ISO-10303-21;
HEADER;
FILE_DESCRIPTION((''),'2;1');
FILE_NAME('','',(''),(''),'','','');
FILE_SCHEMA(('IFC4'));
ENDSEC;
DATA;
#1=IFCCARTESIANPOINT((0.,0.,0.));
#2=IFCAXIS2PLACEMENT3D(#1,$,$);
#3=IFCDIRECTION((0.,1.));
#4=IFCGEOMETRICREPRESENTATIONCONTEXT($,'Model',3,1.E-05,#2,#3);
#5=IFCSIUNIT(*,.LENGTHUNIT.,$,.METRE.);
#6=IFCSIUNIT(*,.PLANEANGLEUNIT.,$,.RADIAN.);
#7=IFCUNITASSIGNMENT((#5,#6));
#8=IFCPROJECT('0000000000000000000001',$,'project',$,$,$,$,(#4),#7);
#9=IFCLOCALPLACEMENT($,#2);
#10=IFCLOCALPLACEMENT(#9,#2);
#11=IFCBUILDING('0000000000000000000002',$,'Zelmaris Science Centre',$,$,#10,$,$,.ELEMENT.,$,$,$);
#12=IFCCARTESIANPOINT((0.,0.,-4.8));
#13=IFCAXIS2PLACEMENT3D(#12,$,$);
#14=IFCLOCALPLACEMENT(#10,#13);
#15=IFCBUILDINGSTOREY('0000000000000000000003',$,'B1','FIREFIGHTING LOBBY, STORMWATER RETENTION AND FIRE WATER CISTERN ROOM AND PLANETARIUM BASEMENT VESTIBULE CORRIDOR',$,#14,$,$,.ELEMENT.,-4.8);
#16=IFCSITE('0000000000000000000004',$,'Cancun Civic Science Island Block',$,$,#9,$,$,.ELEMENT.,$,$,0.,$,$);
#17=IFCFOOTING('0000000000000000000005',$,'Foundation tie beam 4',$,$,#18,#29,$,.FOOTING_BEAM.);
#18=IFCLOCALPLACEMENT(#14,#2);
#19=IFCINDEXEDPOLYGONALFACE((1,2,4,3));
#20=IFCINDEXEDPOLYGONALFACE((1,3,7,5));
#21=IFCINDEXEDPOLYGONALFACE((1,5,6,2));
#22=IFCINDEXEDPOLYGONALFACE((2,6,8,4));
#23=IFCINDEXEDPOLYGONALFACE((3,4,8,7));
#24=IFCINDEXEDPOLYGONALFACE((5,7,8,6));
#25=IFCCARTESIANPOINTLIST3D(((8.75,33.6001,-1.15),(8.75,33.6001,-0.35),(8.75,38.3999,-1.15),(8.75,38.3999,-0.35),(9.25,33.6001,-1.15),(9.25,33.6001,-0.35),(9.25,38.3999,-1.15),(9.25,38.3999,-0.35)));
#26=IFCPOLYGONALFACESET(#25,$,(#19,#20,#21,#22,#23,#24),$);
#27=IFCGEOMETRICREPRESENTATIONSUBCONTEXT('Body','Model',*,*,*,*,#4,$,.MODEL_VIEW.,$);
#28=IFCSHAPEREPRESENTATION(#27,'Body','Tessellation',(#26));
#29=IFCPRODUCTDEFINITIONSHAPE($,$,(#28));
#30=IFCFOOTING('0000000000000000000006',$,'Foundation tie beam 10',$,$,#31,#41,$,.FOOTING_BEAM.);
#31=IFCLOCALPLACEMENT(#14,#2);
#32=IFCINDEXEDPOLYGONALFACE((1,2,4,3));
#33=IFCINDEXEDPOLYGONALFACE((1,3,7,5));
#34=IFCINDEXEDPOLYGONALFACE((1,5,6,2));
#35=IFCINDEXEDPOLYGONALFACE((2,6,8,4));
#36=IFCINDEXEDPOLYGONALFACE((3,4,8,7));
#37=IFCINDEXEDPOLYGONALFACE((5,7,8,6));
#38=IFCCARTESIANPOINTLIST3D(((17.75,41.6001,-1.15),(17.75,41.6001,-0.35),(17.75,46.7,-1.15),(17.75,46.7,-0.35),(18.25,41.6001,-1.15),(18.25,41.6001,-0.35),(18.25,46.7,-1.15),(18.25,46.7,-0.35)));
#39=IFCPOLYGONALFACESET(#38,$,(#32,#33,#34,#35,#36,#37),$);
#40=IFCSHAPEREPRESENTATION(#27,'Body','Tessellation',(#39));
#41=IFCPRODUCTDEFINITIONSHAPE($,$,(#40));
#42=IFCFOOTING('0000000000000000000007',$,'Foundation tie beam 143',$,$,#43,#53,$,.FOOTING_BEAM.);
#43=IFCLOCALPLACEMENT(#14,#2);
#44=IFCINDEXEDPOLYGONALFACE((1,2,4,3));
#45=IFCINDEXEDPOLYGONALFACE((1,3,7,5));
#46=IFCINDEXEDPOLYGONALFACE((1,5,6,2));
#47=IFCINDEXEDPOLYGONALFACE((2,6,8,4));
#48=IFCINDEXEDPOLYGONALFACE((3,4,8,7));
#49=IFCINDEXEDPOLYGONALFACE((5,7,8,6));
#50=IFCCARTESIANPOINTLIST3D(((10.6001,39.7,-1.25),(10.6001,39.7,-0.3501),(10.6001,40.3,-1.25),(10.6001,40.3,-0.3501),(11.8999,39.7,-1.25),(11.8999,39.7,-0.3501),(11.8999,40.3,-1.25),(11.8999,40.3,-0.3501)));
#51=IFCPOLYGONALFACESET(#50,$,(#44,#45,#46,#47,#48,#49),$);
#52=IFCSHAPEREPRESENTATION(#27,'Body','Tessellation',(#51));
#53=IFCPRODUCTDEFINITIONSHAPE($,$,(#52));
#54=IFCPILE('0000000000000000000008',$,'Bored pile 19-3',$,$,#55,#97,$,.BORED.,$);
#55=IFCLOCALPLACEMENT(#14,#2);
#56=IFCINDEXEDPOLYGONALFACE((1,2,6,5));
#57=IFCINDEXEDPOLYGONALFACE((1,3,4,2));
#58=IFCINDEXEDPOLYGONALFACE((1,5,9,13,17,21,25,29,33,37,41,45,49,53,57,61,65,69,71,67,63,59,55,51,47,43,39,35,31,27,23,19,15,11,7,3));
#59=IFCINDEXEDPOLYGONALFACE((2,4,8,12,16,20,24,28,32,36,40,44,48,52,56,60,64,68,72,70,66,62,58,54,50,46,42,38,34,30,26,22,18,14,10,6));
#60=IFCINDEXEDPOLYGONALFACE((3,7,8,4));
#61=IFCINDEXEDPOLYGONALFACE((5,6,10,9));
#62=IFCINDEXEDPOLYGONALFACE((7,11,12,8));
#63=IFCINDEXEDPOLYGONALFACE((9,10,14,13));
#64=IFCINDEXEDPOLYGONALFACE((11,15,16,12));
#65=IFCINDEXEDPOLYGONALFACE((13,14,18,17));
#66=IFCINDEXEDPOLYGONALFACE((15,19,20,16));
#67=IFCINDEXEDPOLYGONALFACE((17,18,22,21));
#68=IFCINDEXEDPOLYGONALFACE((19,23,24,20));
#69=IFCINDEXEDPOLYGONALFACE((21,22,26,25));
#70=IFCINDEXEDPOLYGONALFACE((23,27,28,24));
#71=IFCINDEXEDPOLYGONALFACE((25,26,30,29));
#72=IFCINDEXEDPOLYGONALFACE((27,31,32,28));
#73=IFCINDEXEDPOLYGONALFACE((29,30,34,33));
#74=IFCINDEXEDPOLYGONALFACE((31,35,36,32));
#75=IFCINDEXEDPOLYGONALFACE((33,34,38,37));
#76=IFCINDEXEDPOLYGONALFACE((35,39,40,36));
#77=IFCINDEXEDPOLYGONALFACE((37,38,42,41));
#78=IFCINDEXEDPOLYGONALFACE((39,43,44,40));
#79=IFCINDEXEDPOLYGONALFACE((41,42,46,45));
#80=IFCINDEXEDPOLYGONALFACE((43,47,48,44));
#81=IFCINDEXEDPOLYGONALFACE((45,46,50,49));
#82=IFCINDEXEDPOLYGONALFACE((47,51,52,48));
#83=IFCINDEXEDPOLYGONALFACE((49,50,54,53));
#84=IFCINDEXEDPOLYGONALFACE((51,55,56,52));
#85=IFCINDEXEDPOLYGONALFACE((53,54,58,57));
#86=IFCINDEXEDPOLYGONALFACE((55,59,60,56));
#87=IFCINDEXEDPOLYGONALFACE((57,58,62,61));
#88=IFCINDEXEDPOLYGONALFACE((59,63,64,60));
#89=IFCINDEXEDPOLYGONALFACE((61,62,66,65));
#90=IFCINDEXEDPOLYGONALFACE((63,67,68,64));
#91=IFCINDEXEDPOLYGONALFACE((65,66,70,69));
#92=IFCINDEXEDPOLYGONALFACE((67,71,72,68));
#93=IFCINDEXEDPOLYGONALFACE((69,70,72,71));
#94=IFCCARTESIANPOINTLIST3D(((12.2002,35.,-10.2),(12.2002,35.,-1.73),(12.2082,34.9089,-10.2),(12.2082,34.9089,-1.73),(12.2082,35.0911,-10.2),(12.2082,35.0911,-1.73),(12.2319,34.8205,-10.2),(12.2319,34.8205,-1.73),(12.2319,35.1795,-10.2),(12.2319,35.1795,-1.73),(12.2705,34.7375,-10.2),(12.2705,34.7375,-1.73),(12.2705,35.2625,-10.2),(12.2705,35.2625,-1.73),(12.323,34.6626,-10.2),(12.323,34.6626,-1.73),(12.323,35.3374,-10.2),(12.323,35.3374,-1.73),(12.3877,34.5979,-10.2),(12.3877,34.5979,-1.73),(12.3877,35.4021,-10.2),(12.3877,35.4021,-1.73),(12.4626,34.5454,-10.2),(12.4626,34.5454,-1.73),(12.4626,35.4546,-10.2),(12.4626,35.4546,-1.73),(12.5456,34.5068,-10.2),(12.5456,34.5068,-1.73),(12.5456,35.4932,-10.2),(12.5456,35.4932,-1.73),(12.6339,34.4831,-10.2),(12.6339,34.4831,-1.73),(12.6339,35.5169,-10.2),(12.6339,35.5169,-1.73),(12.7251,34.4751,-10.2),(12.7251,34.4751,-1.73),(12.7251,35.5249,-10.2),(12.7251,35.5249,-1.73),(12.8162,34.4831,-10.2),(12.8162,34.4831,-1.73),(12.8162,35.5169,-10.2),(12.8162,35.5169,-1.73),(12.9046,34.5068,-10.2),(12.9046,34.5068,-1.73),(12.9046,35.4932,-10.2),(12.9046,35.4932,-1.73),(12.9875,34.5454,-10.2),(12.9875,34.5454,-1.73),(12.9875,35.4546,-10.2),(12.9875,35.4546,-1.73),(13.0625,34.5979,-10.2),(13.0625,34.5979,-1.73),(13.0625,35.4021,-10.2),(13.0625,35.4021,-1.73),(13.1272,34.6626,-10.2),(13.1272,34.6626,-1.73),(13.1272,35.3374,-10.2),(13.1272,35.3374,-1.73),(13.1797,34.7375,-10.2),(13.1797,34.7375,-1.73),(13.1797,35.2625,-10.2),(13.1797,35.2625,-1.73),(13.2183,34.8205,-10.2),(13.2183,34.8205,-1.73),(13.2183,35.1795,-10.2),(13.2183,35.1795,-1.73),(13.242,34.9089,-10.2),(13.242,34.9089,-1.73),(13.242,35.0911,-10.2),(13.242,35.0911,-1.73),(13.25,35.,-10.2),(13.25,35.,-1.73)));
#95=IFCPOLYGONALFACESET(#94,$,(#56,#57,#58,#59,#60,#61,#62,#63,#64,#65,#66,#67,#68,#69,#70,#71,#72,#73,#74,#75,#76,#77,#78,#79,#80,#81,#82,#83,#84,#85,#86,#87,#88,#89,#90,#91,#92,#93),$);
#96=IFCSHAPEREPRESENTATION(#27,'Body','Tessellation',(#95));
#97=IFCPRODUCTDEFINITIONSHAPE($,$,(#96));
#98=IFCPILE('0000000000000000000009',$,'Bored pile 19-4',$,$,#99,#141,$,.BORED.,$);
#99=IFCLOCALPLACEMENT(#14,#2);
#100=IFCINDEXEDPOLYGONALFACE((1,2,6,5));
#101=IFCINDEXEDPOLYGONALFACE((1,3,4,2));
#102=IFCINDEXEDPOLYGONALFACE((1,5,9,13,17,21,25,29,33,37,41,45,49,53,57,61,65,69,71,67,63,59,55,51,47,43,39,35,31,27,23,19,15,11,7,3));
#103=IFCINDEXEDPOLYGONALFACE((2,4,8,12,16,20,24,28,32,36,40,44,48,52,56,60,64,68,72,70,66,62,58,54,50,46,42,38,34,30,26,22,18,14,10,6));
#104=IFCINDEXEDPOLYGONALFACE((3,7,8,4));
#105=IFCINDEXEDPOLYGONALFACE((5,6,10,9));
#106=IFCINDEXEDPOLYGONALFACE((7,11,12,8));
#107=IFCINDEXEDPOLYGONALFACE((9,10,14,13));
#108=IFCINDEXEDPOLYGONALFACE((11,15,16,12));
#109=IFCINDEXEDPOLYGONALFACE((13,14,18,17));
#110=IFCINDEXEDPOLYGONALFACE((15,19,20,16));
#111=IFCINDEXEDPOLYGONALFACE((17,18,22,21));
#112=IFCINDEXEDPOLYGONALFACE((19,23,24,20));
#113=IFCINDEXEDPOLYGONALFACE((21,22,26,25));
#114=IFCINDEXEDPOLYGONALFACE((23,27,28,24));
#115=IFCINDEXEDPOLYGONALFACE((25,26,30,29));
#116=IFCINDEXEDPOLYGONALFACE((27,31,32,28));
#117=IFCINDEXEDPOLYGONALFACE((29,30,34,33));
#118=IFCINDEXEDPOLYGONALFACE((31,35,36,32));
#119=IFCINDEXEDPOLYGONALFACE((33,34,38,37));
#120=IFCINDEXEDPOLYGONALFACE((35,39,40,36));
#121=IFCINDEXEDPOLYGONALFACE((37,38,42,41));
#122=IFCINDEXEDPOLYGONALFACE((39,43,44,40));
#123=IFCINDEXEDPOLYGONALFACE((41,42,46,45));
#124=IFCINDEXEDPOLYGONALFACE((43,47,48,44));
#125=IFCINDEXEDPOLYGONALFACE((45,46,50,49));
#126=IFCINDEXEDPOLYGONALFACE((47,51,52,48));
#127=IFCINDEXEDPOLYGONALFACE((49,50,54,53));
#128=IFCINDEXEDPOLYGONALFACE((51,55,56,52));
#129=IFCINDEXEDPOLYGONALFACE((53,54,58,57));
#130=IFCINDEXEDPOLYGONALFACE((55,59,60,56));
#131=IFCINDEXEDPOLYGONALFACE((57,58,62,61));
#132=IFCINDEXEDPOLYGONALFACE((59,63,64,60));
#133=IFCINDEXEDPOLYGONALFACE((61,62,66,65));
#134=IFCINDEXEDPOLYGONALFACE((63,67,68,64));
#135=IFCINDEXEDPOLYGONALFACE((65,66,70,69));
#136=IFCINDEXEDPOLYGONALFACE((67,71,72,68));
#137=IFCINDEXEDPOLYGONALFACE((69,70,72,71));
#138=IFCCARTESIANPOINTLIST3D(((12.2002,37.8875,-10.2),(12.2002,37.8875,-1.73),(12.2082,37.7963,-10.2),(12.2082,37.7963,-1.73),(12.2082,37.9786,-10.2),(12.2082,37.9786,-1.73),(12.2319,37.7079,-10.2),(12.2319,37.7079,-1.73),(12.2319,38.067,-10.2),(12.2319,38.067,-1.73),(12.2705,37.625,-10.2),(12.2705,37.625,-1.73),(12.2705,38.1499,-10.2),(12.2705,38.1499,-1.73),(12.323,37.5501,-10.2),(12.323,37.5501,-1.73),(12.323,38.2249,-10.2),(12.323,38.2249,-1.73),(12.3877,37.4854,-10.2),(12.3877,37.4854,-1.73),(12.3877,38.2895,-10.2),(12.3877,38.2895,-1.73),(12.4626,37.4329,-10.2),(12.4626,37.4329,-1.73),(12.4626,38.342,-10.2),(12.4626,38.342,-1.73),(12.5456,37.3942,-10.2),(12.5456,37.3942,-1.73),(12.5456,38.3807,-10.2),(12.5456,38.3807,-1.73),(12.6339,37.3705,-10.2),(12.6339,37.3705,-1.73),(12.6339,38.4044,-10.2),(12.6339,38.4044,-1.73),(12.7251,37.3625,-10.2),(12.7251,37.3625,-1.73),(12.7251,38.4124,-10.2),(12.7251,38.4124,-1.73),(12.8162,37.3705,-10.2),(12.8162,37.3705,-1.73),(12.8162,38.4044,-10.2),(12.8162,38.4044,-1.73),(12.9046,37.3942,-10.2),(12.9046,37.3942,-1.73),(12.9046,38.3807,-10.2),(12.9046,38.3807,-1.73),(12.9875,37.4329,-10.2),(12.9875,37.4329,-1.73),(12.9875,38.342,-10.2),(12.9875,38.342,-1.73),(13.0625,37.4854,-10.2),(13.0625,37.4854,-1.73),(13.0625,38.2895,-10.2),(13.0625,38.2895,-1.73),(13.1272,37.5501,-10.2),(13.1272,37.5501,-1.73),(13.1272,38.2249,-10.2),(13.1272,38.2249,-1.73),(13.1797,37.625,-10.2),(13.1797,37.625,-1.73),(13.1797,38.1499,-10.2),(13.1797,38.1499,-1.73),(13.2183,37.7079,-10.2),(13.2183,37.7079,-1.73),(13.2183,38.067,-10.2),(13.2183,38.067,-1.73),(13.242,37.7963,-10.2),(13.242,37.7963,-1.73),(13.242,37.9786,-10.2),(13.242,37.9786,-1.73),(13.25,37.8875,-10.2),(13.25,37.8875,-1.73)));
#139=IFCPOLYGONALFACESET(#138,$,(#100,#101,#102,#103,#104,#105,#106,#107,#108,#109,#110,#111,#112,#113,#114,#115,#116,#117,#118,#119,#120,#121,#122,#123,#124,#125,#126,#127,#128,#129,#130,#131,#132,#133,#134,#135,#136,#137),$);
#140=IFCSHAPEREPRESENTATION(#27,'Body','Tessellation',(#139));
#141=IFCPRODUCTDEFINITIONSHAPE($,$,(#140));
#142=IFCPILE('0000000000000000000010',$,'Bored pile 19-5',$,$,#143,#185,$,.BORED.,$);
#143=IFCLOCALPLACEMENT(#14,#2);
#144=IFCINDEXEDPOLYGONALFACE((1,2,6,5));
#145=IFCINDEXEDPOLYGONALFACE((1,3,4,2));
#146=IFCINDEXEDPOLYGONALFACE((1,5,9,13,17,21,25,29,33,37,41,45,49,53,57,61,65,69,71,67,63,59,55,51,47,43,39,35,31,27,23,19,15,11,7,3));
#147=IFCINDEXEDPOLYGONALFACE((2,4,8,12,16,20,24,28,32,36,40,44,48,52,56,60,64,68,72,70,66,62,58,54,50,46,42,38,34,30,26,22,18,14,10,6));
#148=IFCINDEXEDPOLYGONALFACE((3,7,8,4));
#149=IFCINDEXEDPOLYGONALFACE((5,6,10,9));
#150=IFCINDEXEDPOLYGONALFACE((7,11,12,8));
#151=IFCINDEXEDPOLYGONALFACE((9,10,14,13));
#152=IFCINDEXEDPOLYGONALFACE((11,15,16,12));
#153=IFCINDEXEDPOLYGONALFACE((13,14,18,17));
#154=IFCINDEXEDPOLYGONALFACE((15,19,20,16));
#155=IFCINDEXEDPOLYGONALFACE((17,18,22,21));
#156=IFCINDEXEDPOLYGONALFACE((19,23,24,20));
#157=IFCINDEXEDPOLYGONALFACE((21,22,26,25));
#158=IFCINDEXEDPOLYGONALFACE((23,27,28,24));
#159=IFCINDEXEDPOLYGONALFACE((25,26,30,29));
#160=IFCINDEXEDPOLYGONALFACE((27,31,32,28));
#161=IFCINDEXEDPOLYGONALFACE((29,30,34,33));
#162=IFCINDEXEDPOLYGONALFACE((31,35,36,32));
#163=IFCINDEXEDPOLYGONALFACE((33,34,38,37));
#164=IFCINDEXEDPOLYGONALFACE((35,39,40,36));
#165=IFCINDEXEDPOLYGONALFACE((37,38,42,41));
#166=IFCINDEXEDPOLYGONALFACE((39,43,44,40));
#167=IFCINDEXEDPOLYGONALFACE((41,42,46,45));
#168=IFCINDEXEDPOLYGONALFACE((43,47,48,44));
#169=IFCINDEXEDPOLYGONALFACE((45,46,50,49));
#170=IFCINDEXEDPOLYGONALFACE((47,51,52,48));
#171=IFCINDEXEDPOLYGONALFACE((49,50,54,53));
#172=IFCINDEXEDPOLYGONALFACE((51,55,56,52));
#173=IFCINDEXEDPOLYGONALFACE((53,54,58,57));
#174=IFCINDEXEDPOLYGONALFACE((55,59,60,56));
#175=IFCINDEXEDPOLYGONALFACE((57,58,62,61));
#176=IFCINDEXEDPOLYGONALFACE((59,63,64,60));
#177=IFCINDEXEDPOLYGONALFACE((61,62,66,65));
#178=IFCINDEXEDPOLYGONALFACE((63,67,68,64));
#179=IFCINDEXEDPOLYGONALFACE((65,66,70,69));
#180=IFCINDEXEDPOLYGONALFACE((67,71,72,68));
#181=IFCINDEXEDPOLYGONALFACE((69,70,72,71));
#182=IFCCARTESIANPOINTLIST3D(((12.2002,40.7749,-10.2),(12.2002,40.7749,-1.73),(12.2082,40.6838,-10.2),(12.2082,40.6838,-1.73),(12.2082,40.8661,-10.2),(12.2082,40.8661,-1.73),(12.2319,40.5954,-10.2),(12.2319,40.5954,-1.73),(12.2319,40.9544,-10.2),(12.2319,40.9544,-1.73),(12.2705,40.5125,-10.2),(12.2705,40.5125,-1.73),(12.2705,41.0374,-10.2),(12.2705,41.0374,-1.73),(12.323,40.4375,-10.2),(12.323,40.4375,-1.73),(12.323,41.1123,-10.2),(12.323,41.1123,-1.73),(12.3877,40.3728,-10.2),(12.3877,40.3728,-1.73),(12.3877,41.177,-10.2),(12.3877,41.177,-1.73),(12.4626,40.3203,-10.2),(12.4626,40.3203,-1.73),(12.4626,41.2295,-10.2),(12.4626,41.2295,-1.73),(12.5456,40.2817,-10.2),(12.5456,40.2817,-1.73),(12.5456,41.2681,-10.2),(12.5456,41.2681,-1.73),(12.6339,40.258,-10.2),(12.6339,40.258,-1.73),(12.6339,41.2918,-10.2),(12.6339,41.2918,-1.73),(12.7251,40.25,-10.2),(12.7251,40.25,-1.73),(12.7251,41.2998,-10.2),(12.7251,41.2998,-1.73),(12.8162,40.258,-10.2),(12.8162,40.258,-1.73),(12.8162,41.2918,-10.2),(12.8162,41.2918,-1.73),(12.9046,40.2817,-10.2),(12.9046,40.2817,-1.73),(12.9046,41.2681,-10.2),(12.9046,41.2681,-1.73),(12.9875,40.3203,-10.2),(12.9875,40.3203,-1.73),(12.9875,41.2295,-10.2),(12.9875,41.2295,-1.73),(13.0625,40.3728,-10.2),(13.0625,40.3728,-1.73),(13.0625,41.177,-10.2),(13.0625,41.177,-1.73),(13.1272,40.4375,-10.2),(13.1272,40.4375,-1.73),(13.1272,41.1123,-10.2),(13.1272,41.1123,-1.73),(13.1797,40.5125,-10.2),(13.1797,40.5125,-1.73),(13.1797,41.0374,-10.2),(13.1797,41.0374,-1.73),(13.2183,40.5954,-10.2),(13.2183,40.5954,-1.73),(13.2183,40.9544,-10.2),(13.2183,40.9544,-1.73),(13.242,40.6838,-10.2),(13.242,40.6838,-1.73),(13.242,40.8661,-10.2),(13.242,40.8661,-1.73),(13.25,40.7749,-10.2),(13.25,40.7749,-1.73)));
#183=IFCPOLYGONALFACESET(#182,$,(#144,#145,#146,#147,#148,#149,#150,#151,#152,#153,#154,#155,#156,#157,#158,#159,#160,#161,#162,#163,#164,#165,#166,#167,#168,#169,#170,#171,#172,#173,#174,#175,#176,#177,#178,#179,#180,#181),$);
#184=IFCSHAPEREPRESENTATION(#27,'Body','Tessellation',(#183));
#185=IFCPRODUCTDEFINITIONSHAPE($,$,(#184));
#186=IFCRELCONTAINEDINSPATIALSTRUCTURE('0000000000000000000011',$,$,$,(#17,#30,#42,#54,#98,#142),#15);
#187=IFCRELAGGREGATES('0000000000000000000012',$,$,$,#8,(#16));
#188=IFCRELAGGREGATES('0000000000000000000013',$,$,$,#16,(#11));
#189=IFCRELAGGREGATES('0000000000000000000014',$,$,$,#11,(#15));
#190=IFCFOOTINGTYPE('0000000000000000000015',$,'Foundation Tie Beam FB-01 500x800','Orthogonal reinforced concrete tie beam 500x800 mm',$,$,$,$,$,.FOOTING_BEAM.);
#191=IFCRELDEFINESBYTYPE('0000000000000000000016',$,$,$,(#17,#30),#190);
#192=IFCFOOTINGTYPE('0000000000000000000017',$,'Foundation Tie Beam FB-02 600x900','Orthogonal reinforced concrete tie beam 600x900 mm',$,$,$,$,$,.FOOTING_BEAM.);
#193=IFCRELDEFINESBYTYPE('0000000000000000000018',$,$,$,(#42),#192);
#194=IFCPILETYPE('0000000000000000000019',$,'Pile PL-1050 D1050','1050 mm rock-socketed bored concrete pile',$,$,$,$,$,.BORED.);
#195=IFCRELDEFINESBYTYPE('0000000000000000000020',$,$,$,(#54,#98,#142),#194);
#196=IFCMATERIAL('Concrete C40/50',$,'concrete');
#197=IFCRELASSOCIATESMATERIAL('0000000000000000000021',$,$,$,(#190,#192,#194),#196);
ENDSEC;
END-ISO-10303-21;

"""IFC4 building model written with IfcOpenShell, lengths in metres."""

from ifc_helpers import new_model, si_unit, direction, frame, origin, origin_2d, place, context, subcontext, project, spatial, rectangle, circle, extrude, material, material_profile, profile_set, type_object, element, save


model = new_model("IFC4")

# Units and contexts
model_context = context("Model", 3, precision=1e-05, world=origin(), true_north=direction((0.0, 1.0)))
body_context = subcontext(model_context, "Body", "Model", "MODEL_VIEW")
ifc_project = project(units=[si_unit("LENGTHUNIT", "METRE"), si_unit("PLANEANGLEUNIT", "RADIAN")], contexts=[model_context])

# Site, building, storey
site_placement = place(None, origin())
site = spatial("IfcSite", under=ifc_project, at=site_placement, Name="Cancun Civic Science Island Block", CompositionType="ELEMENT", RefElevation=0.0)
building_placement = place(site_placement, origin())
building = spatial("IfcBuilding", under=site, at=building_placement, Name="Zelmaris Science Centre", CompositionType="ELEMENT")
storey_placement = place(building_placement, frame((0.0, 0.0, -4.8)))
storey = spatial("IfcBuildingStorey", under=building, at=storey_placement, Name="B1", Description="FIREFIGHTING LOBBY, STORMWATER RETENTION AND FIRE WATER CISTERN ROOM AND PLANETARIUM BASEMENT VESTIBULE CORRIDOR", CompositionType="ELEMENT", Elevation=-4.8)

# Footings
ifc_material_1 = material(Name="Concrete C40/50", Category="concrete")
ifc_material_profile_1 = material_profile(ifc_material_1, rectangle(XDim=0.5, YDim=0.8, at=origin_2d()), Name="FB-500X800")
ifc_profile_set_1 = profile_set([ifc_material_profile_1], Name="Concrete C40/50")
footing_type_1 = type_object("IfcFootingType", Name="Foundation Tie Beam FB-01 500x800", Description="Orthogonal reinforced concrete tie beam 500x800 mm", PredefinedType="FOOTING_BEAM", material=ifc_profile_set_1)
footing_1_placement = place(storey_placement, frame((9.0, 33.6001, -0.75), z_axis=(0.0, 1.0, 0.0), x_axis=(-1.0, 0.0, 0.0)))
element("IfcFooting", 1, at=footing_1_placement, inside=storey, type_object=footing_type_1, Name="Foundation tie beam 4", PredefinedType="FOOTING_BEAM", context=body_context, shape_type="SweptSolid", body=[
    extrude(rectangle(XDim=0.5, YDim=0.8, at=origin_2d()), origin(), (0.0, 0.0, 1.0), 4.7998),
])
footing_2_placement = place(storey_placement, frame((18.0, 41.6001, -0.75), z_axis=(0.0, 1.0, 0.0), x_axis=(-1.0, 0.0, 0.0)))
element("IfcFooting", 2, at=footing_2_placement, inside=storey, type_object=footing_type_1, Name="Foundation tie beam 10", PredefinedType="FOOTING_BEAM", context=body_context, shape_type="SweptSolid", body=[
    extrude(rectangle(XDim=0.5, YDim=0.8, at=origin_2d()), origin(), (0.0, 0.0, 1.0), 5.0999),
])
ifc_material_profile_2 = material_profile(ifc_material_1, rectangle(XDim=0.6001, YDim=0.8999, at=origin_2d()), Name="FB-600X900")
ifc_profile_set_2 = profile_set([ifc_material_profile_2], Name="Concrete C40/50")
footing_type_2 = type_object("IfcFootingType", Name="Foundation Tie Beam FB-02 600x900", Description="Orthogonal reinforced concrete tie beam 600x900 mm", PredefinedType="FOOTING_BEAM", material=ifc_profile_set_2)
footing_3_placement = place(storey_placement, frame((10.6001, 40.0, -0.8), z_axis=(1.0, 0.0, 0.0), x_axis=(0.0, 1.0, 0.0)))
element("IfcFooting", 3, at=footing_3_placement, inside=storey, type_object=footing_type_2, Name="Foundation tie beam 143", PredefinedType="FOOTING_BEAM", context=body_context, shape_type="SweptSolid", body=[
    extrude(rectangle(XDim=0.6001, YDim=0.8999, at=origin_2d()), origin(), (0.0, 0.0, 1.0), 1.2998),
])

# Piles
ifc_material_profile_3 = material_profile(ifc_material_1, circle(Radius=0.5249, at=origin_2d()), Name="PILE-1050")
ifc_profile_set_3 = profile_set([ifc_material_profile_3], Name="Concrete C40/50")
pile_type_1 = type_object("IfcPileType", Name="Pile PL-1050 D1050", Description="1050 mm rock-socketed bored concrete pile", PredefinedType="BORED", material=ifc_profile_set_3)
for number, where, z_axis, x_axis, name in (
    (4, (12.7251, 35.0, -1.73), (0.0, 0.0, -1.0), (1.0, 0.0, 0.0), "Bored pile 19-3"),
    (5, (12.7251, 37.8875, -1.73), (0.0, 0.0, -1.0), (1.0, 0.0, 0.0), "Bored pile 19-4"),
    (6, (12.7251, 40.7749, -1.73), (0.0, 0.0, -1.0), (1.0, 0.0, 0.0), "Bored pile 19-5"),
):
    element("IfcPile", number, at=place(storey_placement, frame(where, z_axis=z_axis, x_axis=x_axis)), inside=storey, type_object=pile_type_1, Name=name, PredefinedType="BORED", context=body_context, shape_type="SweptSolid", body=[
        extrude(circle(Radius=0.5249, at=origin_2d()), origin(), (0.0, 0.0, 1.0), 8.47),
    ])

save(model, "model.ifc")
